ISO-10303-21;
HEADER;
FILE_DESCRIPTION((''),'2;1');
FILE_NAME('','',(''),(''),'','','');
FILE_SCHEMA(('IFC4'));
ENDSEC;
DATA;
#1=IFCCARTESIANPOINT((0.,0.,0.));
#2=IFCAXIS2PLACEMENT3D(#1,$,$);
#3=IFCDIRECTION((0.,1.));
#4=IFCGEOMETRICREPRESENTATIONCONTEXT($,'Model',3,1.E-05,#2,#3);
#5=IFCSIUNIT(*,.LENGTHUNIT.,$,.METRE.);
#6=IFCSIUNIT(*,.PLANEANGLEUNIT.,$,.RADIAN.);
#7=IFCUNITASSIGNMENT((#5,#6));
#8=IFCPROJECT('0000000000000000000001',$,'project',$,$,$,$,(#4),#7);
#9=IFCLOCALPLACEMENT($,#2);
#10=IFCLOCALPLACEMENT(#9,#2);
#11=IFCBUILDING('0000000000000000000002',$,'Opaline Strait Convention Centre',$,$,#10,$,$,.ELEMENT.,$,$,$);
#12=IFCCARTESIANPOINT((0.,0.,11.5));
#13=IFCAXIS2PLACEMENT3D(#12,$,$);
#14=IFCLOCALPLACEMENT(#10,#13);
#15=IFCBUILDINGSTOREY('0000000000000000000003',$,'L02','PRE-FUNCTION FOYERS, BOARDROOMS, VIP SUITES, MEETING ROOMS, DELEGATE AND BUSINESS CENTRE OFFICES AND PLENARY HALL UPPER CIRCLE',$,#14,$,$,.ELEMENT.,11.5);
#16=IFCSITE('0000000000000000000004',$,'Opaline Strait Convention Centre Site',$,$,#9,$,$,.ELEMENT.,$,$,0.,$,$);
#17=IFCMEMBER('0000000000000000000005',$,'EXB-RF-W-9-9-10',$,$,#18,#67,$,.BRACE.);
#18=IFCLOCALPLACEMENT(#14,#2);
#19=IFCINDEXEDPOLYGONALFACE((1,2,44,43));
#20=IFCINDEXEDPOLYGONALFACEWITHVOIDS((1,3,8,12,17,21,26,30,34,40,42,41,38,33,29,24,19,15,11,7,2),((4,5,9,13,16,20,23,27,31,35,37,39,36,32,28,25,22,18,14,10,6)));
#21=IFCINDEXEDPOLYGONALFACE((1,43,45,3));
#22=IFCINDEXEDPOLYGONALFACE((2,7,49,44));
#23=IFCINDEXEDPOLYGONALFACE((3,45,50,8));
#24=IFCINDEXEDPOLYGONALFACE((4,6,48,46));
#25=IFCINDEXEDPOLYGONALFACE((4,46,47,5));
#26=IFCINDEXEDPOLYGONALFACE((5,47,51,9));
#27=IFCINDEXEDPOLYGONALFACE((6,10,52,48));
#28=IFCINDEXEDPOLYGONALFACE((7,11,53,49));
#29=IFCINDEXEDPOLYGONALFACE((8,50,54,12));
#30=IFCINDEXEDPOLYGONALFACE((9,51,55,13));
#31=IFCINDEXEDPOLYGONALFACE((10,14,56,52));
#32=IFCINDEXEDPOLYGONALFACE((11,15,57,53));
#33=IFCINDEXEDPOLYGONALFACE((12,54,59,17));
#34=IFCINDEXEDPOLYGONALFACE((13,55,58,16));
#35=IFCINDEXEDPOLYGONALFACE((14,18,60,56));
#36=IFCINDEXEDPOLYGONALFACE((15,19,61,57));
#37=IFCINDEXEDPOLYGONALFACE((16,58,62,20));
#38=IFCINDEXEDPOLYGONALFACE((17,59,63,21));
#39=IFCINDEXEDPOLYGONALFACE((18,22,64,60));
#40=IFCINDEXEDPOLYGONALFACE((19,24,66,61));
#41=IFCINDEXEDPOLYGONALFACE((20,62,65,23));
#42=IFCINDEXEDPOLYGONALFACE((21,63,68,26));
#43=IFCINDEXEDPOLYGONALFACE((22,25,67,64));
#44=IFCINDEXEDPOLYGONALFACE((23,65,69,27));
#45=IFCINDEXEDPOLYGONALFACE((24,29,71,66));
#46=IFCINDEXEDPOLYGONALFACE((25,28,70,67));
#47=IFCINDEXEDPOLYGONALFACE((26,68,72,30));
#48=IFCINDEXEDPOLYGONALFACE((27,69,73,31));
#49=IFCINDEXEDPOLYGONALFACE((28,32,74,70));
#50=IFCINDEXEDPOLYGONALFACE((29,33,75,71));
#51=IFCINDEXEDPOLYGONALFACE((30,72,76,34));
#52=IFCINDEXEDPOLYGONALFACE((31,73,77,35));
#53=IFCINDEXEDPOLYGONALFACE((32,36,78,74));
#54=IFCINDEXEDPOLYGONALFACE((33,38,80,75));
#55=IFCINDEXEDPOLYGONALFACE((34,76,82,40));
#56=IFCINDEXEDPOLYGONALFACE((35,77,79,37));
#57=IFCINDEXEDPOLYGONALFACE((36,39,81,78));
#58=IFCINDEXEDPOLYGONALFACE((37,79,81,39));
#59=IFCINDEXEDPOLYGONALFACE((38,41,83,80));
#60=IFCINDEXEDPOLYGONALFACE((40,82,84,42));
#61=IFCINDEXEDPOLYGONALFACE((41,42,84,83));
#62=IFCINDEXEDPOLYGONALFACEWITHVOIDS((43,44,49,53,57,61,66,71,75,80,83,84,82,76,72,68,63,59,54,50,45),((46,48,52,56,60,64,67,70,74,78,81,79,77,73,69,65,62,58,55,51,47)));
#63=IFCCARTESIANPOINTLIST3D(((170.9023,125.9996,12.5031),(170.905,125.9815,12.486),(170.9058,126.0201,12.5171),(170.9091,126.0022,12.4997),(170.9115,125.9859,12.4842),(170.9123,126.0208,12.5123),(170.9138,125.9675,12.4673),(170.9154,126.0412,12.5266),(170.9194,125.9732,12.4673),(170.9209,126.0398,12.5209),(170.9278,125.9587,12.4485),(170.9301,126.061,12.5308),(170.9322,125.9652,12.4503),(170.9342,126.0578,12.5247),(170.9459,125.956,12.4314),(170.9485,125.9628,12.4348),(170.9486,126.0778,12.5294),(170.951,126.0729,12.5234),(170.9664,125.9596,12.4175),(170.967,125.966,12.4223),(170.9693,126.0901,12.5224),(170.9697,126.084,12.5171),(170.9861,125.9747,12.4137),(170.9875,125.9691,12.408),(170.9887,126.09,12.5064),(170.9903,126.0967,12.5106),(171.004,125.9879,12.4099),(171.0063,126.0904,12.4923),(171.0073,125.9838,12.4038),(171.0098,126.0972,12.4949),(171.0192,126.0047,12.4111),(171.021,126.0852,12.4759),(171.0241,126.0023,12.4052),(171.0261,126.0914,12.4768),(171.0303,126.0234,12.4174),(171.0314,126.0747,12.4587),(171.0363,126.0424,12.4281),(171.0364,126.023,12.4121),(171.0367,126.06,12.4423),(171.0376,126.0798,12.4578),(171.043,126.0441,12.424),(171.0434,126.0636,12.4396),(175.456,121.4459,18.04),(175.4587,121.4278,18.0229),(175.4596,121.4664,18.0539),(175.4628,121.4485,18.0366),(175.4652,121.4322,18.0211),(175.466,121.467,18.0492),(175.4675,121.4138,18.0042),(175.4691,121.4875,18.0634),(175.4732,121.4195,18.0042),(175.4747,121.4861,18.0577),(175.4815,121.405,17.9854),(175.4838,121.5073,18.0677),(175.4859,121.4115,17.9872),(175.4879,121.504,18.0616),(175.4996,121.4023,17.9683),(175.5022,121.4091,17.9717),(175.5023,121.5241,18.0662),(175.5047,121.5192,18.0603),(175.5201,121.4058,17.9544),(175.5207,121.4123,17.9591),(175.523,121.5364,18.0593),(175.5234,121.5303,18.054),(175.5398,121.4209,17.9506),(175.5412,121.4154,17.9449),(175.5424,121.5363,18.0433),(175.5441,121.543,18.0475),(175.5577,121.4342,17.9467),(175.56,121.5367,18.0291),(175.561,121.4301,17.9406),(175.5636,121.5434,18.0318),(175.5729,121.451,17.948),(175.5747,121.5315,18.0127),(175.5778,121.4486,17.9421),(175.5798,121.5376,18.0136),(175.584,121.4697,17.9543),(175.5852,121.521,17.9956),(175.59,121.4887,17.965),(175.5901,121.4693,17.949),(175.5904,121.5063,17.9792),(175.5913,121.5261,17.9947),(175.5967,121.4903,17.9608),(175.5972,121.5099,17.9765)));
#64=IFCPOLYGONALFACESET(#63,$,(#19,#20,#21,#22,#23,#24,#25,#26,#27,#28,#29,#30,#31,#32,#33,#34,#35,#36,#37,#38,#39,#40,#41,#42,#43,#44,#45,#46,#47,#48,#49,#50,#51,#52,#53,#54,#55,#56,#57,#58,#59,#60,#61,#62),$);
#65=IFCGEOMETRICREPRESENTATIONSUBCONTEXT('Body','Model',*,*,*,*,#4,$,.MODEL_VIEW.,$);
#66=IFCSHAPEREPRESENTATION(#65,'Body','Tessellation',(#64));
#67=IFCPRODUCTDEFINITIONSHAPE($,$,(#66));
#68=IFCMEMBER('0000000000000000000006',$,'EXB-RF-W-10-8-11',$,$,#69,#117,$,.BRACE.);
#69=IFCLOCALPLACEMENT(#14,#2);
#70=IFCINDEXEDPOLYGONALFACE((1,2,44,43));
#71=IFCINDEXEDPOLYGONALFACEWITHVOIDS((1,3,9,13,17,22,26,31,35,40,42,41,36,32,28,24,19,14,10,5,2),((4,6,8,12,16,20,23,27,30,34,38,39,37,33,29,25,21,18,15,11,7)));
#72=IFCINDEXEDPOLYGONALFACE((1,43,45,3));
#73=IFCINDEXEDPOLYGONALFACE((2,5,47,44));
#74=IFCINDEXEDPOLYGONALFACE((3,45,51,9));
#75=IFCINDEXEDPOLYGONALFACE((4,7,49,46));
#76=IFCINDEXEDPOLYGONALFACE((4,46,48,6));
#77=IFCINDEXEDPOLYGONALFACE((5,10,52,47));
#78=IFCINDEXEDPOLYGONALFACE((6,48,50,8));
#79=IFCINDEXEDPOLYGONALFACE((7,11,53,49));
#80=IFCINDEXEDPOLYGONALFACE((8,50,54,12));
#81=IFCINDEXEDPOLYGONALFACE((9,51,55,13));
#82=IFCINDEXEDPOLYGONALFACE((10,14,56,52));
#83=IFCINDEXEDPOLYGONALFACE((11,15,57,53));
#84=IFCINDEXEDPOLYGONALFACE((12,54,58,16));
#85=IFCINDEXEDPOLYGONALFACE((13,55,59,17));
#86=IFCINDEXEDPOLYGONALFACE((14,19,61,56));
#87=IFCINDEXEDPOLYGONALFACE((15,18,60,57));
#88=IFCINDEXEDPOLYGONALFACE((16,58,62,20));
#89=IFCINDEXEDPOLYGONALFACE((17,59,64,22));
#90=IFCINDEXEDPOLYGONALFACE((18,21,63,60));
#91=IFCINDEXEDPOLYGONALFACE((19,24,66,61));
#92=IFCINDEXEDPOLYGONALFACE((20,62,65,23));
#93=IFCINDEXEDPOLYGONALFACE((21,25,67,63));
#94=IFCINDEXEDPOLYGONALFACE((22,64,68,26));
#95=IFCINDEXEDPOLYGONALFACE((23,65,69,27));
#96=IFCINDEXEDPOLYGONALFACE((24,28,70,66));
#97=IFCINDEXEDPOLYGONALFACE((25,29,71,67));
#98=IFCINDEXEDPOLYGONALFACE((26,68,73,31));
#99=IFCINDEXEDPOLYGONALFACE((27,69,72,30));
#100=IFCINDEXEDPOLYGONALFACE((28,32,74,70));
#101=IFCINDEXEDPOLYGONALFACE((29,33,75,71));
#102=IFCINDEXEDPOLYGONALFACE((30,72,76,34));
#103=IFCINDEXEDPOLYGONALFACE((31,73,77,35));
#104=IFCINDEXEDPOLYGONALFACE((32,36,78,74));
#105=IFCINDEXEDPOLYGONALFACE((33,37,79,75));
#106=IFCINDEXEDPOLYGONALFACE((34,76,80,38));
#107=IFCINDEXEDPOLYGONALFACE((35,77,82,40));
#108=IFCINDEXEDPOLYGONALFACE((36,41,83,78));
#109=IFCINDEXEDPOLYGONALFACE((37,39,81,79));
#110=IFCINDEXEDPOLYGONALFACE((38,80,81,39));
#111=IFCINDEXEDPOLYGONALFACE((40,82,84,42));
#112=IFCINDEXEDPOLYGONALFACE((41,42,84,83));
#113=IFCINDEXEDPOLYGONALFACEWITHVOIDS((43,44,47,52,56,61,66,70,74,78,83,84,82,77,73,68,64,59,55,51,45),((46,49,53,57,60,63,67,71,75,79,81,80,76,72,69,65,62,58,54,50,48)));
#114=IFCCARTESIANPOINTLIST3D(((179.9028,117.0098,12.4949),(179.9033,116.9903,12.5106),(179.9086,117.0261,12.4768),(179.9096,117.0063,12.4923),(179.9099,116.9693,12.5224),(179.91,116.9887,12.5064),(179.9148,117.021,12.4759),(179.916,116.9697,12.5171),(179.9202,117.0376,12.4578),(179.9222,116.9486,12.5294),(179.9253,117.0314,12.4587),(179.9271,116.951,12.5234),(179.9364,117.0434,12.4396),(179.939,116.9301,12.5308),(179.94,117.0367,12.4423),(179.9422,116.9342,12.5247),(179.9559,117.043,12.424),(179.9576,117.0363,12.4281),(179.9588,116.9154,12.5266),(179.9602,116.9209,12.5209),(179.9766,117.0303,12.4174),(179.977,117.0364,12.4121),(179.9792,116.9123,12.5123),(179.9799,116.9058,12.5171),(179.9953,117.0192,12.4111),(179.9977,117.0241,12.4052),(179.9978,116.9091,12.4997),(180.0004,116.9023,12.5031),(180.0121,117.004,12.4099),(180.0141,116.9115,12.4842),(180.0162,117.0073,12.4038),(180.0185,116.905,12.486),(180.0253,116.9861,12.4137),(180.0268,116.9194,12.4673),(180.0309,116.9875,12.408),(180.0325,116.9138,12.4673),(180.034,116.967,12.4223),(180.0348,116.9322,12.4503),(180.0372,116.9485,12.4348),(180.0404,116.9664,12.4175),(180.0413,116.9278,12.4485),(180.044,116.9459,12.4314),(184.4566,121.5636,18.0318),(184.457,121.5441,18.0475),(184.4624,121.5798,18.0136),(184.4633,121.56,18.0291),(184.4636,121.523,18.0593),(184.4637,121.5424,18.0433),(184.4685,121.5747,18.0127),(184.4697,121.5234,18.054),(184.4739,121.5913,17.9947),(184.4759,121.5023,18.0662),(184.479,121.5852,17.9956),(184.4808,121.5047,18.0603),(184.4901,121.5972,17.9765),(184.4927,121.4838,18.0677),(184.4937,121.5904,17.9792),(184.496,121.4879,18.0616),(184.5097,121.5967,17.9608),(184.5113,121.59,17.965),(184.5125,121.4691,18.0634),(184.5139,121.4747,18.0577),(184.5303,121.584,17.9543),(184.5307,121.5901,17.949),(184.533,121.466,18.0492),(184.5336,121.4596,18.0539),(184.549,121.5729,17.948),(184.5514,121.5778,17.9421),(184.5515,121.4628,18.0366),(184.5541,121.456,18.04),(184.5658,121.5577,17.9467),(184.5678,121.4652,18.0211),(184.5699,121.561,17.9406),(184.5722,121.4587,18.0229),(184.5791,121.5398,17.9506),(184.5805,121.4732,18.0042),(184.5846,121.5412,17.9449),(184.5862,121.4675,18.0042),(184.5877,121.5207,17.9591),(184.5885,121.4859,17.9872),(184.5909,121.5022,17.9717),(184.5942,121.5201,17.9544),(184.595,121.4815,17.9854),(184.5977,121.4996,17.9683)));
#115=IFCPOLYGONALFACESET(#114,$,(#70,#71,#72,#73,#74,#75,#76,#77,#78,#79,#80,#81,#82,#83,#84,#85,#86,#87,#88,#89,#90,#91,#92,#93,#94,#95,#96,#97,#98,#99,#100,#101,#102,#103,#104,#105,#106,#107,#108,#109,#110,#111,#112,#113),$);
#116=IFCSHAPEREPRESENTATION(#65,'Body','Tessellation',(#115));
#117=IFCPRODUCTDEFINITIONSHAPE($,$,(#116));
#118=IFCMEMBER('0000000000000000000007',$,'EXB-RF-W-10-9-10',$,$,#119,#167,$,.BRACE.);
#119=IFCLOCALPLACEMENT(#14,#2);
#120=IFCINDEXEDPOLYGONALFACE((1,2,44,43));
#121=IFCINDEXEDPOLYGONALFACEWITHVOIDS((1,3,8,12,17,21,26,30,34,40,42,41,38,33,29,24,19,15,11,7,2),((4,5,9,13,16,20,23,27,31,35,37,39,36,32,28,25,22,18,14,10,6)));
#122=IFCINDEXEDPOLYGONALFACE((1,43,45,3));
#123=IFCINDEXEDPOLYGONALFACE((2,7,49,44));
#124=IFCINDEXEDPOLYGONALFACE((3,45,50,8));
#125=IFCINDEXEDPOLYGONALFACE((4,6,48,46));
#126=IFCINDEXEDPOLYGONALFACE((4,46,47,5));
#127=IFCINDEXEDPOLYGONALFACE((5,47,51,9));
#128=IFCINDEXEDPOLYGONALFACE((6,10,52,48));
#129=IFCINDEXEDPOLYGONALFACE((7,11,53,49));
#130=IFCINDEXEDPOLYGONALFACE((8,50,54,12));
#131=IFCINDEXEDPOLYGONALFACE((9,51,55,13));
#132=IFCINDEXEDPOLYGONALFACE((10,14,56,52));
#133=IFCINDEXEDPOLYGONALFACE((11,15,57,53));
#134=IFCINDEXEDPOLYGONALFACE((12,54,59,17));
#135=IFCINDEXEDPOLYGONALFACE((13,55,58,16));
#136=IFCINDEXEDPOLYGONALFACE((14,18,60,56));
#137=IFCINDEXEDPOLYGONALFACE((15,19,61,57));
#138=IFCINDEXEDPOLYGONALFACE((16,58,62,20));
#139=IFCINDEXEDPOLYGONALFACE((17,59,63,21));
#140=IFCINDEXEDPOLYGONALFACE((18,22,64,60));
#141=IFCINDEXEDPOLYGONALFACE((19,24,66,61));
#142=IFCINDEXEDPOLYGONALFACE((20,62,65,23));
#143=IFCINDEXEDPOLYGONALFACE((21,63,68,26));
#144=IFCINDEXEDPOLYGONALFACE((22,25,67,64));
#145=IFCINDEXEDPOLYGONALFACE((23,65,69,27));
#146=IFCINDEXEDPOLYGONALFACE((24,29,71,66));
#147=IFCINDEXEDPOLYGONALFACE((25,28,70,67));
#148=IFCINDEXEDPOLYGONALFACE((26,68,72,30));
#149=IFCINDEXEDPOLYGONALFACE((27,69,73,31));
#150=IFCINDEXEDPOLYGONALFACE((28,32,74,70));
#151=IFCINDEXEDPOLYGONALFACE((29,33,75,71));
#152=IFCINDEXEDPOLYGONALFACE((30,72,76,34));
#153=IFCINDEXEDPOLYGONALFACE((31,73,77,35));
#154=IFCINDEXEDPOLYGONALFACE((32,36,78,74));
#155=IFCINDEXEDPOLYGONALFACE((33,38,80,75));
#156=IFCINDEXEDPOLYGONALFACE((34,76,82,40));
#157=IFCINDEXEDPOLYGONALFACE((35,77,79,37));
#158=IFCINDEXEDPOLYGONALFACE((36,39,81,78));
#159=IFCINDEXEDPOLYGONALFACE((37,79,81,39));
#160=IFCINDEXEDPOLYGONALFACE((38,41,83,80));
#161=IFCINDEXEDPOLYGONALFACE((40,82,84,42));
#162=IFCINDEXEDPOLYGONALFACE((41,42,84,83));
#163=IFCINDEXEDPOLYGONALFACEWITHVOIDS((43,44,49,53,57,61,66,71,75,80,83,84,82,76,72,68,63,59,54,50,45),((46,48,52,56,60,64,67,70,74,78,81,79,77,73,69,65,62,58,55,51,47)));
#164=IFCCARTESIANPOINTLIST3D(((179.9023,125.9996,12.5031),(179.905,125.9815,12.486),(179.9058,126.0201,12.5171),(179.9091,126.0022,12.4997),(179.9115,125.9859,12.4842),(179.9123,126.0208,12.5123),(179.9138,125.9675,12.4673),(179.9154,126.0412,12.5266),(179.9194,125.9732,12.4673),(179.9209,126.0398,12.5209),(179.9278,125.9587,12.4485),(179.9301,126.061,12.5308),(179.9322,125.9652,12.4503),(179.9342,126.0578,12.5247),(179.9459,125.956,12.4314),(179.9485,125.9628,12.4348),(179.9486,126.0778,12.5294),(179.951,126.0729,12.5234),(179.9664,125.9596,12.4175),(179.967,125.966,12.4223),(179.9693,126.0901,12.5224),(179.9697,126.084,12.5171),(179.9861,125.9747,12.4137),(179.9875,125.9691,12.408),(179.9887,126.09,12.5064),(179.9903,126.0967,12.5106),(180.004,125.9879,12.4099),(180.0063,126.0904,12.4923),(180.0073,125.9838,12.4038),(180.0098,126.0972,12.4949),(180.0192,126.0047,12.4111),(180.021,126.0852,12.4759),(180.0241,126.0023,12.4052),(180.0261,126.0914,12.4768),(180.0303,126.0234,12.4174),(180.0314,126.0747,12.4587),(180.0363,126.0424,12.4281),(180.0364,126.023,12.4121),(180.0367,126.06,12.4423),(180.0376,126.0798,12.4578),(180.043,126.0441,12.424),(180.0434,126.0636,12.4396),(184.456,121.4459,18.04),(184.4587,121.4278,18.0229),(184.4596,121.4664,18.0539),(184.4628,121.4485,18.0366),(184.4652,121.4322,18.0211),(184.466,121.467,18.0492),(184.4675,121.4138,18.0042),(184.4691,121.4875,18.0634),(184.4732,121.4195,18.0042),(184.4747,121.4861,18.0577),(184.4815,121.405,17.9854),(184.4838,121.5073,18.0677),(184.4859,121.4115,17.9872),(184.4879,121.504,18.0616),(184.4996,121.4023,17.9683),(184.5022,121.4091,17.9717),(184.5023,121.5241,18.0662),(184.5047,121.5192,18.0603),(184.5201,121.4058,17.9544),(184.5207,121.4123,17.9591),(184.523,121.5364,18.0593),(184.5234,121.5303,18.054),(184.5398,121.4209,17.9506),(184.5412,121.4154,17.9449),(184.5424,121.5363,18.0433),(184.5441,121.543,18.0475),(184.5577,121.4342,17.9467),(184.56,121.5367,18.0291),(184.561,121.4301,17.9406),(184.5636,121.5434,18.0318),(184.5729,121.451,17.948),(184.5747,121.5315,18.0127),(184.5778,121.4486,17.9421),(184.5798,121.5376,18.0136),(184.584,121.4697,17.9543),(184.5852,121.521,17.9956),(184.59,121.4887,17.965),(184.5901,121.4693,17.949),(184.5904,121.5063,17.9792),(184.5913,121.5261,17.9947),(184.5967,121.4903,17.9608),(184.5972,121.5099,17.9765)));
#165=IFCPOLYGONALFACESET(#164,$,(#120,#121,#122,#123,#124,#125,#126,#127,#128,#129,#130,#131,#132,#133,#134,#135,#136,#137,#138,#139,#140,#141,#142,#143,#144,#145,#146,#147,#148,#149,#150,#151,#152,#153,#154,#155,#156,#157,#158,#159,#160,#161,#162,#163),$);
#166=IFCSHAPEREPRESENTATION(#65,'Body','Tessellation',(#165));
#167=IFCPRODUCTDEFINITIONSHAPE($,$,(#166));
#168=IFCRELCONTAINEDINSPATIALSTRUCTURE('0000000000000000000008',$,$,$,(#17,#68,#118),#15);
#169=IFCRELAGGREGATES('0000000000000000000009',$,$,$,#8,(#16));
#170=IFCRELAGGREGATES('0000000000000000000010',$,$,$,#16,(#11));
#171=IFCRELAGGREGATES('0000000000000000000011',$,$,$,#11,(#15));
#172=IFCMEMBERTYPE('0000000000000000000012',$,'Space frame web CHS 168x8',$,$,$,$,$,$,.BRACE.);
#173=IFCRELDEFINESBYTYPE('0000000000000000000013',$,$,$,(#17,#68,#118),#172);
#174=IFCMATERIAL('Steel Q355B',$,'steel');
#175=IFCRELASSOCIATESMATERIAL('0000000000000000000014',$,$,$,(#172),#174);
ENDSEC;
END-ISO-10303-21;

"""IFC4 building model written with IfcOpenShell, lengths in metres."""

from ifc_helpers import new_model, si_unit, direction, frame, origin, origin_2d, place, context, subcontext, project, spatial, hollow_circle, extrude, material, material_profile, profile_set, type_object, element, save


model = new_model("IFC4")

# Units and contexts
model_context = context("Model", 3, precision=1e-05, world=origin(), true_north=direction((0.0, 1.0)))
body_context = subcontext(model_context, "Body", "Model", "MODEL_VIEW")
ifc_project = project(units=[si_unit("LENGTHUNIT", "METRE"), si_unit("PLANEANGLEUNIT", "RADIAN")], contexts=[model_context])

# Site, building, storey
site_placement = place(None, origin())
site = spatial("IfcSite", under=ifc_project, at=site_placement, Name="Opaline Strait Convention Centre Site", CompositionType="ELEMENT", RefElevation=0.0)
building_placement = place(site_placement, origin())
building = spatial("IfcBuilding", under=site, at=building_placement, Name="Opaline Strait Convention Centre", CompositionType="ELEMENT")
storey_placement = place(building_placement, frame((0.0, 0.0, 11.5)))
storey = spatial("IfcBuildingStorey", under=building, at=storey_placement, Name="L02", Description="PRE-FUNCTION FOYERS, BOARDROOMS, VIP SUITES, MEETING ROOMS, DELEGATE AND BUSINESS CENTRE OFFICES AND PLENARY HALL UPPER CIRCLE", CompositionType="ELEMENT", Elevation=11.5)

# Members
ifc_material = material(Name="Steel Q355B", Category="steel")
ifc_material_profile_1 = material_profile(ifc_material, hollow_circle(Radius=0.084, WallThickness=0.0081, at=origin_2d()), Name="CHS 168x8")
ifc_profile_set_1 = profile_set([ifc_material_profile_1], Name="Steel Q355B")
member_type_1 = type_object("IfcMemberType", Name="Space frame web CHS 168x8", PredefinedType="BRACE", material=ifc_profile_set_1)
for number, where, z_axis, x_axis, name in (
    (1, (175.5269, 121.4731, 18.0042), (-0.536178, 0.536178, -0.65194), (-0.707107, -0.707107, 0.0), "EXB-RF-W-9-9-10"),
    (2, (184.5269, 121.5269, 18.0042), (-0.536178, -0.536178, -0.65194), (0.707107, -0.707107, 0.0), "EXB-RF-W-10-8-11"),
    (3, (184.5269, 121.4731, 18.0042), (-0.536178, 0.536178, -0.65194), (-0.707107, -0.707107, 0.0), "EXB-RF-W-10-9-10"),
):
    element("IfcMember", number, at=place(storey_placement, frame(where, z_axis=z_axis, x_axis=x_axis)), inside=storey, type_object=member_type_1, Name=name, PredefinedType="BRACE", context=body_context, shape_type="SweptSolid", body=[
        extrude(hollow_circle(Radius=0.084, WallThickness=0.0081, at=origin_2d()), origin(), (0.0, 0.0, 1.0), 8.4929),
    ])

save(model, "model.ifc")
